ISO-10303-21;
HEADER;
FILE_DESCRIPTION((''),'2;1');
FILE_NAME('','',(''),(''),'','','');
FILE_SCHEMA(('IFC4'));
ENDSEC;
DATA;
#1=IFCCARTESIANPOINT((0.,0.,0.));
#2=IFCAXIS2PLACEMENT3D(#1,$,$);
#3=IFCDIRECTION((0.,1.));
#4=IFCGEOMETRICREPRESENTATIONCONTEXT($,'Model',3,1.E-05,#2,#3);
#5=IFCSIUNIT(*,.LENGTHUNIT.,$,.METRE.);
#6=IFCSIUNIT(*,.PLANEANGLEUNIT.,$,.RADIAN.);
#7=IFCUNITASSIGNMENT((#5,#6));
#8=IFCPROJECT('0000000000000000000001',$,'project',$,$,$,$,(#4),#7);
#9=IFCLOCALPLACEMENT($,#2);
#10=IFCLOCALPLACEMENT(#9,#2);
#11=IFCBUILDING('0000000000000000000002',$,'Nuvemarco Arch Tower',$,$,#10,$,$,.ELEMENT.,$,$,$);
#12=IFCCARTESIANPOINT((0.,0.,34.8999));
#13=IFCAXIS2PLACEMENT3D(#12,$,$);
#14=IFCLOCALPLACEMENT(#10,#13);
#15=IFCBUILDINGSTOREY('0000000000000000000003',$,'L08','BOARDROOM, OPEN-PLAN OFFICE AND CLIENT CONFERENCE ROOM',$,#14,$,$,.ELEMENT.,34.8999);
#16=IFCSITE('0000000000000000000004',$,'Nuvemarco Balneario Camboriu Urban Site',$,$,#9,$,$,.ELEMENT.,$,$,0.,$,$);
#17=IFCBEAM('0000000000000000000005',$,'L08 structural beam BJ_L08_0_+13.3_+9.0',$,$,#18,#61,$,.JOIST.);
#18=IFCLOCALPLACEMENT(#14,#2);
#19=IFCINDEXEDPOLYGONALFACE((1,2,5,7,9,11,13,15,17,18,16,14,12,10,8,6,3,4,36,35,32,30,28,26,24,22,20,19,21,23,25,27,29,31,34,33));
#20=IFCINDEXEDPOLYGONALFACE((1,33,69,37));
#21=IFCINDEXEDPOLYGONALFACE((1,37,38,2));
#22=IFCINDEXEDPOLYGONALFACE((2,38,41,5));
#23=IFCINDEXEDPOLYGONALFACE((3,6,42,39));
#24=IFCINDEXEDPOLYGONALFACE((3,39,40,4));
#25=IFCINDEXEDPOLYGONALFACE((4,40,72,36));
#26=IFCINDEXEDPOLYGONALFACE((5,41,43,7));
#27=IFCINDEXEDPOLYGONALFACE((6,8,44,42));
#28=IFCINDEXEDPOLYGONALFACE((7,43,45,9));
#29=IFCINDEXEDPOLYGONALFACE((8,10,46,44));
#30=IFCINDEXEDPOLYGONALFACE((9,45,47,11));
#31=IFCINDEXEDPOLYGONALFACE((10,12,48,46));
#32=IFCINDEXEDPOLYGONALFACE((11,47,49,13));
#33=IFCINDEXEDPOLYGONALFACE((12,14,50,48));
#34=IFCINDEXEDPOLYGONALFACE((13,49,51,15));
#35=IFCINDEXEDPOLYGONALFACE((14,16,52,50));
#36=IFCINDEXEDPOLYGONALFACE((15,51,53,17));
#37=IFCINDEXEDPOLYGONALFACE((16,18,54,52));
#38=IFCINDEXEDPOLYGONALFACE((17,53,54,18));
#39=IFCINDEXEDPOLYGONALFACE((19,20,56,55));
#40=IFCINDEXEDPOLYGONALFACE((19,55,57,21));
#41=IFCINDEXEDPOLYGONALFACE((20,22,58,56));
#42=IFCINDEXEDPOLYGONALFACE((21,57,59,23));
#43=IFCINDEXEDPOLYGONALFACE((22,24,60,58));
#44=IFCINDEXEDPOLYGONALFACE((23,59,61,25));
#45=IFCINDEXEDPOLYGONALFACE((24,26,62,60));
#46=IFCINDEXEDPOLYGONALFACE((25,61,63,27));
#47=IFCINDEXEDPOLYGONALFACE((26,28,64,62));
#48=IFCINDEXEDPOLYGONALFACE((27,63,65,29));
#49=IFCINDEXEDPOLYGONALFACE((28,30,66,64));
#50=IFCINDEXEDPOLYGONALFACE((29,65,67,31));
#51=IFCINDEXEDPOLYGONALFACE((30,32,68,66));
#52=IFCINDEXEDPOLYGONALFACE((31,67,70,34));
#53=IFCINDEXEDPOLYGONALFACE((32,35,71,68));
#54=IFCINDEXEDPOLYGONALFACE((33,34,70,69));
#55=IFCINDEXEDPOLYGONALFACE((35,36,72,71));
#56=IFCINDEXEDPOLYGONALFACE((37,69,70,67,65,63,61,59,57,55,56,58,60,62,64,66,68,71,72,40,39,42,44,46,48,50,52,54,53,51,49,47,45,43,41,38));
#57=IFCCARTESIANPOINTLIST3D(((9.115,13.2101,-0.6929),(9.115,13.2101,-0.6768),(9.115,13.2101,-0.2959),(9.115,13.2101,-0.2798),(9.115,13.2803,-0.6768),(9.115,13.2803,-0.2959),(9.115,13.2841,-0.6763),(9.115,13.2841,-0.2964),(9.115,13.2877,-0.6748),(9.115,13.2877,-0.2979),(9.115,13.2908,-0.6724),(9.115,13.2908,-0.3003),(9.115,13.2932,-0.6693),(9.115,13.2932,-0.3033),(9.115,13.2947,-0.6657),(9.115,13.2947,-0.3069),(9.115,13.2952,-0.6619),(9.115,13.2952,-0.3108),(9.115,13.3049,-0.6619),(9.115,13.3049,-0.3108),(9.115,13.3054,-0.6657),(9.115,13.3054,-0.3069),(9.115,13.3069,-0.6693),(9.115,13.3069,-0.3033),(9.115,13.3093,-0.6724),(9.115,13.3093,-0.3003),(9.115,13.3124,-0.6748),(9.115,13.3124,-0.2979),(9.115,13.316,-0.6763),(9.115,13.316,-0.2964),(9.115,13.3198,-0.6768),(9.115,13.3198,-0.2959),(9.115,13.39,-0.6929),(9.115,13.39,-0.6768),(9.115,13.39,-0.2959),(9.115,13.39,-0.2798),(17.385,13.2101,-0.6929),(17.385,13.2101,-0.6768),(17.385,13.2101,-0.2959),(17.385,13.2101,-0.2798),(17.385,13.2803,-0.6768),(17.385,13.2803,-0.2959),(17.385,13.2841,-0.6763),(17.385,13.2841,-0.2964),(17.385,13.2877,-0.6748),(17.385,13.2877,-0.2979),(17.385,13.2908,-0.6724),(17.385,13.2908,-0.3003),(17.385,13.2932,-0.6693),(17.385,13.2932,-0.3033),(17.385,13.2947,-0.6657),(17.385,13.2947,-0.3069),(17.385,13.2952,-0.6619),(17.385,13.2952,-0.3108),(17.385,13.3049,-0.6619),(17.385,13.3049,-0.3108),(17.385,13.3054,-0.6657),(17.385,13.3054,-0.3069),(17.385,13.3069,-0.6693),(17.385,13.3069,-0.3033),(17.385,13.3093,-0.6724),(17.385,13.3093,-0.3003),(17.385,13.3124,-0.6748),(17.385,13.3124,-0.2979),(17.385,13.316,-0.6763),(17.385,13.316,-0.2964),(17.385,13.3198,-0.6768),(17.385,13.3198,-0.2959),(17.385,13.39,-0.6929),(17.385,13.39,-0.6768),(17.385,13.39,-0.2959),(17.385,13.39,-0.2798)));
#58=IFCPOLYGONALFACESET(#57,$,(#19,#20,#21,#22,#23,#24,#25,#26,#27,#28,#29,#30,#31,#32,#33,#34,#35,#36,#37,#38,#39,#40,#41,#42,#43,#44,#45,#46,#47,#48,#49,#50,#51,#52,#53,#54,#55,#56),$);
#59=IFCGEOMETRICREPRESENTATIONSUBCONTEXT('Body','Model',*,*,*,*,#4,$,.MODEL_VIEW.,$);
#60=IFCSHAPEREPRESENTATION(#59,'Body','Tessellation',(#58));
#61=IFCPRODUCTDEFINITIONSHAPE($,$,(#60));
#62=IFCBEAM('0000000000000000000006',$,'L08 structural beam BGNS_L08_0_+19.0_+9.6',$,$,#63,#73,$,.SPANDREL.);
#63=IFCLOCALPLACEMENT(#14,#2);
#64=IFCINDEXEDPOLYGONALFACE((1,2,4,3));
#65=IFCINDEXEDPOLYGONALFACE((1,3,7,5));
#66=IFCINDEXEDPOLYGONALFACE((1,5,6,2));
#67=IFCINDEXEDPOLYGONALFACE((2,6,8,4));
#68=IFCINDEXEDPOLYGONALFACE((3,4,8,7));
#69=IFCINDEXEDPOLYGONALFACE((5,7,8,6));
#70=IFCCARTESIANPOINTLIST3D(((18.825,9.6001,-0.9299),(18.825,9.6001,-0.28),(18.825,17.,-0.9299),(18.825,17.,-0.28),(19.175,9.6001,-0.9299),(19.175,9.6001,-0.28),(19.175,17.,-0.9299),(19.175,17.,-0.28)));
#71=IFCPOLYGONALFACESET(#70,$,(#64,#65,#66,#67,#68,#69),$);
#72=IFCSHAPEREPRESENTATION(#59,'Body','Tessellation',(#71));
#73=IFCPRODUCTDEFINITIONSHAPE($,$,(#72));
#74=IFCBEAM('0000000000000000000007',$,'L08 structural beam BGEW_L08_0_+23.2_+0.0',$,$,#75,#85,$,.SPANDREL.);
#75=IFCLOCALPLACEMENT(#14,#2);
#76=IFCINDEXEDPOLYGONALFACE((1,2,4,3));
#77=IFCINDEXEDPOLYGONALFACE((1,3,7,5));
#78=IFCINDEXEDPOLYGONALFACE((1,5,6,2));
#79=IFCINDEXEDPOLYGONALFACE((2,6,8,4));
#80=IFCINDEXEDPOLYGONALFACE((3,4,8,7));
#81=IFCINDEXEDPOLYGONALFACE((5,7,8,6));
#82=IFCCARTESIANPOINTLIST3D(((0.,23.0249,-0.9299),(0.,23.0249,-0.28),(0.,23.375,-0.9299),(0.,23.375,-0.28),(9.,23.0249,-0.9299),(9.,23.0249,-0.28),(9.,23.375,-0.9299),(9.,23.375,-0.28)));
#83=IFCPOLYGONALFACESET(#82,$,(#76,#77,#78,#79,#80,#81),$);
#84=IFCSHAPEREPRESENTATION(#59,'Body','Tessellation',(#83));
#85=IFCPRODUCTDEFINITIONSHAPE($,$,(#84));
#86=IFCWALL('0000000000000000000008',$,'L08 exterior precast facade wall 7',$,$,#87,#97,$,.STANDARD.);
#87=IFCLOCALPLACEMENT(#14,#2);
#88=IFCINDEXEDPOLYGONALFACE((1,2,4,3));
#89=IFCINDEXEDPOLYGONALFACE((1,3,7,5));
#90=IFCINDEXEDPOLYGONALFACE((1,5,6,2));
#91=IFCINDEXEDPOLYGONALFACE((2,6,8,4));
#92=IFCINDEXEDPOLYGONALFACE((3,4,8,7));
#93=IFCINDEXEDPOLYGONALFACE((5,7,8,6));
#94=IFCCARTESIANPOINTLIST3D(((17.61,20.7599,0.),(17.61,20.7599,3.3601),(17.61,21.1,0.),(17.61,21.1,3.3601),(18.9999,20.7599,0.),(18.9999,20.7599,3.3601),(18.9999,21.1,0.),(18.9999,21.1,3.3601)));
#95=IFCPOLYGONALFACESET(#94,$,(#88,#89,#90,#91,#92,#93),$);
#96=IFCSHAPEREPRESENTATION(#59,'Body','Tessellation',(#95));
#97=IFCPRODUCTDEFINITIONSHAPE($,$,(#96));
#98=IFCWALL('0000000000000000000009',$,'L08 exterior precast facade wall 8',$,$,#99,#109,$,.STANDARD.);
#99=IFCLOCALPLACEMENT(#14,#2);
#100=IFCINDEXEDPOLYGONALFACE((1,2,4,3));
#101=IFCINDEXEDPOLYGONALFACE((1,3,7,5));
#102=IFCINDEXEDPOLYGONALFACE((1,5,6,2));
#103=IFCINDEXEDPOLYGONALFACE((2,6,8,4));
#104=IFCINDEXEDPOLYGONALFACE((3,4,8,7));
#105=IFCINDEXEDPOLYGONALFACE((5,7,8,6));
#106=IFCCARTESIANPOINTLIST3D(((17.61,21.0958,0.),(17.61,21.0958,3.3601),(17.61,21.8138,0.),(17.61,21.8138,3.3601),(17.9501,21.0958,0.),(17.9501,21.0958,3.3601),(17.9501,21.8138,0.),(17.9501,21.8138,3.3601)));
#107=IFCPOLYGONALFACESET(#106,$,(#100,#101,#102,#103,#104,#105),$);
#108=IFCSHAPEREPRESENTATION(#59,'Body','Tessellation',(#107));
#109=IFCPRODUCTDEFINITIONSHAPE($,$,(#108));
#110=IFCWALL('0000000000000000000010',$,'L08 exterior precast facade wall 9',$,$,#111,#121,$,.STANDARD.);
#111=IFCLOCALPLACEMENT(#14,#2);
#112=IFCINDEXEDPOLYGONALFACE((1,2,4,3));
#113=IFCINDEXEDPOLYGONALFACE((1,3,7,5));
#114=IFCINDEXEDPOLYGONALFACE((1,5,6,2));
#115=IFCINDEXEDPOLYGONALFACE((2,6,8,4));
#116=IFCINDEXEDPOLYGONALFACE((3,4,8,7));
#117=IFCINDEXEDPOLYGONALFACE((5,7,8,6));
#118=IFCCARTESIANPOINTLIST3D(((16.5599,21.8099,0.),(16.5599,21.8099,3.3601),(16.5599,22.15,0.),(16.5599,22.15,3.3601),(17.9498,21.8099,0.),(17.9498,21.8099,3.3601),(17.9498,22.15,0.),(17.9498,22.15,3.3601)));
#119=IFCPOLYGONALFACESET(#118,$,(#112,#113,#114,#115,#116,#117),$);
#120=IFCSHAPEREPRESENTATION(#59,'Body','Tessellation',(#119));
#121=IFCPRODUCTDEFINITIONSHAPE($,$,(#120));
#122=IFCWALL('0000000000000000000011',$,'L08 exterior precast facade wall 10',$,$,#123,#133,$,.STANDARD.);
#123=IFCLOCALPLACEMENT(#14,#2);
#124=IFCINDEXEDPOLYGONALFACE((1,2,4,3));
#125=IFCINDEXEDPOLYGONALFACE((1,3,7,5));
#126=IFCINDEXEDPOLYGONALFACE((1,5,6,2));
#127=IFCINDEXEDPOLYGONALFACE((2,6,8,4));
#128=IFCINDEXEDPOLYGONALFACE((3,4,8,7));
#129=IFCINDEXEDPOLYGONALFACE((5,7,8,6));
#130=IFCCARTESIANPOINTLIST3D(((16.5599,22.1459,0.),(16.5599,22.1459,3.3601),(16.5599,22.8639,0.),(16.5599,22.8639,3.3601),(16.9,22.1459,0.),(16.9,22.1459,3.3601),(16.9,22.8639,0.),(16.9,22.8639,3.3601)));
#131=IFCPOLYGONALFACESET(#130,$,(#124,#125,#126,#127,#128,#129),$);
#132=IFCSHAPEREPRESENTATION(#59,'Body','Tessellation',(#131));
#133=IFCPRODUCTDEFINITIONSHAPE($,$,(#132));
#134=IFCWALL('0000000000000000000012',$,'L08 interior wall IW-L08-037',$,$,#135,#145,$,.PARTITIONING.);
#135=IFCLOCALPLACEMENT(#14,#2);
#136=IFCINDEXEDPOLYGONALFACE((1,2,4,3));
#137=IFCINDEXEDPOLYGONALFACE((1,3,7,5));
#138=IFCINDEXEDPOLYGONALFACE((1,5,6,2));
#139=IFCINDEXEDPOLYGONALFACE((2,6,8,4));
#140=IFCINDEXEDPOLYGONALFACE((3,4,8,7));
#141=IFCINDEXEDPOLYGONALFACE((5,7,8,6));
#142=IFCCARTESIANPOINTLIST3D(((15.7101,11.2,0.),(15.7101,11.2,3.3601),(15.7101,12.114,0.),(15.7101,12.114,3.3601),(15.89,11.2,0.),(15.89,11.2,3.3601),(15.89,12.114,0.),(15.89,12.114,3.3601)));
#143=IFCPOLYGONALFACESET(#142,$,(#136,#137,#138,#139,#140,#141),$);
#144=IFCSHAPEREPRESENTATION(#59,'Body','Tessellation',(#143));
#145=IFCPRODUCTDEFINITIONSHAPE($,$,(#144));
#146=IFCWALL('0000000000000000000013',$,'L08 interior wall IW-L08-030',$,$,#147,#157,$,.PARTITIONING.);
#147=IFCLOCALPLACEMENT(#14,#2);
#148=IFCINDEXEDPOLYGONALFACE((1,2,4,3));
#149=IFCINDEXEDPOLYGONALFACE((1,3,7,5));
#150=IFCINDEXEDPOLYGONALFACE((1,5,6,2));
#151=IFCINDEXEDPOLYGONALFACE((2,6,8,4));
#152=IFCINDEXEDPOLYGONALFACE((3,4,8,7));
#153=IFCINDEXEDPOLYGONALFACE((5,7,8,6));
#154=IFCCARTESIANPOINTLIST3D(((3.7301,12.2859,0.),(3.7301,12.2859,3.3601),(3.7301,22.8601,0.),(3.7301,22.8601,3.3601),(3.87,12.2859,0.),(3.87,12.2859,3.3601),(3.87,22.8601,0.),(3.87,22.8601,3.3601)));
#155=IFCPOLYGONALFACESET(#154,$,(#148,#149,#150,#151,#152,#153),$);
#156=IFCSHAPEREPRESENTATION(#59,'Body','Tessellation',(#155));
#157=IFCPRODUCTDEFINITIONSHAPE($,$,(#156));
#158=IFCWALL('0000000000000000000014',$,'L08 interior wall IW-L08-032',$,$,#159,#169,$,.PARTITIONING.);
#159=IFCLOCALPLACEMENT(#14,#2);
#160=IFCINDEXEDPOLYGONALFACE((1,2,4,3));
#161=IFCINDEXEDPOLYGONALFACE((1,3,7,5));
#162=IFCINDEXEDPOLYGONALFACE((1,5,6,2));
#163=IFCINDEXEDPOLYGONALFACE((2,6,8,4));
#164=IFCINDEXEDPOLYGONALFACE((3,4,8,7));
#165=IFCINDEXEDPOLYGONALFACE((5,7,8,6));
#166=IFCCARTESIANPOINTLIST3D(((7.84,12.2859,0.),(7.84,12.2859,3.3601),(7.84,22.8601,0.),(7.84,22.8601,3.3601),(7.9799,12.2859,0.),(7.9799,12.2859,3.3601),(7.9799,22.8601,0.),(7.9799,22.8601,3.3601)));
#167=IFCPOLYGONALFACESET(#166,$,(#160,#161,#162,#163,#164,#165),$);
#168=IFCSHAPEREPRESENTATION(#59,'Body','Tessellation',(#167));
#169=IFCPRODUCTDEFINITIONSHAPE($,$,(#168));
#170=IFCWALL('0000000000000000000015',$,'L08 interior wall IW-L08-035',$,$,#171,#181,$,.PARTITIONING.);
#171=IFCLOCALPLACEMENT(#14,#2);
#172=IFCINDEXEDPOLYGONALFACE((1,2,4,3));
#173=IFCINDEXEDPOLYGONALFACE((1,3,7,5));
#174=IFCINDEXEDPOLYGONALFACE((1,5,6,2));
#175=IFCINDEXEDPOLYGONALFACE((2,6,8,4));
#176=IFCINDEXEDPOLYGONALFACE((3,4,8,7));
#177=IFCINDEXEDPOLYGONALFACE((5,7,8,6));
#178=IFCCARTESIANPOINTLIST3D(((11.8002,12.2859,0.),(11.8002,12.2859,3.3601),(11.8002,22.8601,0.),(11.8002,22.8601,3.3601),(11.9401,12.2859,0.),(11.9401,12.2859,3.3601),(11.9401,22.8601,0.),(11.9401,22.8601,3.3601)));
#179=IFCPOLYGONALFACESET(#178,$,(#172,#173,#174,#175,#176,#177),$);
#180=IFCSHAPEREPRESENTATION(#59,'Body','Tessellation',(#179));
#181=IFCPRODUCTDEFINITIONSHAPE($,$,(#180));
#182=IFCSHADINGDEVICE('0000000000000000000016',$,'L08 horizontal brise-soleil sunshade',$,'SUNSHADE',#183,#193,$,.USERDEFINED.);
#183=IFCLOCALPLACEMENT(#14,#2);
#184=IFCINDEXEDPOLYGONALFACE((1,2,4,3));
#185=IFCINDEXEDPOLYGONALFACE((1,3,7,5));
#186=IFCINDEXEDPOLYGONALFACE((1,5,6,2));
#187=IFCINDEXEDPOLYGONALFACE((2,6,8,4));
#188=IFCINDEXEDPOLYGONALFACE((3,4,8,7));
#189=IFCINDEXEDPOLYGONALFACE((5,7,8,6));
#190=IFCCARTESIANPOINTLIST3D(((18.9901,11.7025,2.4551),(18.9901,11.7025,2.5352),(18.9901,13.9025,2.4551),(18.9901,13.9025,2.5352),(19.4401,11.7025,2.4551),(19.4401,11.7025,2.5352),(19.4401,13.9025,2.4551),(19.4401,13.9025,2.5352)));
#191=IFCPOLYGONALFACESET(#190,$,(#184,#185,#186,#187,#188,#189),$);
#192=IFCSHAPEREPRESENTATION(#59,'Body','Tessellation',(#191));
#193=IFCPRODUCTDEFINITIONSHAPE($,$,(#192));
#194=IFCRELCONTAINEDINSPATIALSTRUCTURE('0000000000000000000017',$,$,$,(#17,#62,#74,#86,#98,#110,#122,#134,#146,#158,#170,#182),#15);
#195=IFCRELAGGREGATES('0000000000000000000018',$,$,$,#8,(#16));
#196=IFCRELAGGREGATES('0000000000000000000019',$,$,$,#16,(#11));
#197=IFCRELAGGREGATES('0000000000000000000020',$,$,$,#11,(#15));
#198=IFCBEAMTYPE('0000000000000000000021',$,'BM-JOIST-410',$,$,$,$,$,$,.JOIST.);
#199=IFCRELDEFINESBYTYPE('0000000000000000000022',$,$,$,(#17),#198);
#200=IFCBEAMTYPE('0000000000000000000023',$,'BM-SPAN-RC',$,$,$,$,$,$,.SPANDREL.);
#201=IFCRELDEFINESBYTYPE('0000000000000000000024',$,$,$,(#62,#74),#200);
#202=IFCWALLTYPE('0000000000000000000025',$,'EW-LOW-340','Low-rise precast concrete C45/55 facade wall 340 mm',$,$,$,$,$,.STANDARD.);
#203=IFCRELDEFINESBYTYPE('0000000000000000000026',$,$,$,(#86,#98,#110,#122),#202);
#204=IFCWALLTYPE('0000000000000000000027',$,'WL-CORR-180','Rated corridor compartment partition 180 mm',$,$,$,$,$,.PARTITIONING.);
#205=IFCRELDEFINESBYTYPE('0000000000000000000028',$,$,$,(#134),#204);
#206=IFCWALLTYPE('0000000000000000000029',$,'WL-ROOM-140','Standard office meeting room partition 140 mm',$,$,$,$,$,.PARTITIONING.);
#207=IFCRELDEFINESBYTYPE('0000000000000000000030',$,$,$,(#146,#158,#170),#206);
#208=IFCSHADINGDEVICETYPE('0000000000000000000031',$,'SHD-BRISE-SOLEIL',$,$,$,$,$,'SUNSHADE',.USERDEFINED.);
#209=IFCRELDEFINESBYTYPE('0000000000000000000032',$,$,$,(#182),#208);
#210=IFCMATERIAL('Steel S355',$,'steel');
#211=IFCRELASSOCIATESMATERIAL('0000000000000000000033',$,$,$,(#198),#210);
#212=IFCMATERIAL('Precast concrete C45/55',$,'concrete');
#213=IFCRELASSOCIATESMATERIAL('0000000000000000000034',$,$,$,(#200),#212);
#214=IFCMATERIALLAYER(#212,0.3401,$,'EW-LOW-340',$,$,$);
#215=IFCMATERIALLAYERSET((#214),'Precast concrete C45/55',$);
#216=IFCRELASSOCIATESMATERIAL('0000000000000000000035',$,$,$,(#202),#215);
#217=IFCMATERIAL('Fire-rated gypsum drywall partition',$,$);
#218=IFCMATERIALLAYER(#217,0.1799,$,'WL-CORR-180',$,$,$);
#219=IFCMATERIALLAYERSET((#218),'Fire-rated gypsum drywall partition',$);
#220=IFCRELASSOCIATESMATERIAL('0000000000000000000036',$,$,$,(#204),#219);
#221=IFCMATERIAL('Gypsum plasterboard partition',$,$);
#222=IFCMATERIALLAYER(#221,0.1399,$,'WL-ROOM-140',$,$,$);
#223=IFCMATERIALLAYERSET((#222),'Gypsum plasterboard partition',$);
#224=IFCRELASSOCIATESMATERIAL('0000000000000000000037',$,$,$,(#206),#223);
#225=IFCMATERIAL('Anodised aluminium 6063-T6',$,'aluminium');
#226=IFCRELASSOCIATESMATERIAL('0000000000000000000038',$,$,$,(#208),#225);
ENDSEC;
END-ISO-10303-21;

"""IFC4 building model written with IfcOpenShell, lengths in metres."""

from ifc_helpers import new_model, si_unit, direction, frame, frame_2d, origin, origin_2d, place, context, subcontext, project, spatial, rectangle, i_section, extrude, source, transform, mapped, material, layer, layer_set, material_profile, profile_set, type_object, type_shapes, element, save


model = new_model("IFC4")

# Units and contexts
model_context = context("Model", 3, precision=1e-05, world=origin(), true_north=direction((0.0, 1.0)))
body_context = subcontext(model_context, "Body", "Model", "MODEL_VIEW")
ifc_project = project(units=[si_unit("LENGTHUNIT", "METRE"), si_unit("PLANEANGLEUNIT", "RADIAN")], contexts=[model_context])

# Site, building, storey
site_placement = place(None, origin())
site = spatial("IfcSite", under=ifc_project, at=site_placement, Name="Nuvemarco Balneario Camboriu Urban Site", CompositionType="ELEMENT", RefElevation=0.0)
building_placement = place(site_placement, origin())
building = spatial("IfcBuilding", under=site, at=building_placement, Name="Nuvemarco Arch Tower", CompositionType="ELEMENT")
storey_placement = place(building_placement, frame((0.0, 0.0, 34.8999)))
storey = spatial("IfcBuildingStorey", under=building, at=storey_placement, Name="L08", Description="BOARDROOM, OPEN-PLAN OFFICE AND CLIENT CONFERENCE ROOM", CompositionType="ELEMENT", Elevation=34.8999)

# Shared definitions
ifc_material_1 = material(Name="Steel S355", Category="steel")

# Beams
ifc_material_profile_1 = material_profile(ifc_material_1, i_section(OverallWidth=0.1799, OverallDepth=0.4131, WebThickness=0.0098, FlangeThickness=0.0161, FilletRadius=0.0149, at=origin_2d()), Name="W410x75")
ifc_profile_set_1 = profile_set([ifc_material_profile_1], Name="Steel S355")
beam_type_1 = type_object("IfcBeamType", Name="BM-JOIST-410", PredefinedType="JOIST", material=ifc_profile_set_1)
beam_1_placement = place(storey_placement, frame((9.115, 13.3, -0.4863), z_axis=(1.0, 0.0, 0.0), x_axis=(0.0, 1.0, 0.0)))
element("IfcBeam", 1, at=beam_1_placement, inside=storey, type_object=beam_type_1, Name="L08 structural beam BJ_L08_0_+13.3_+9.0", PredefinedType="JOIST", context=body_context, shape_type="SweptSolid", body=[
    extrude(i_section(OverallWidth=0.1799, OverallDepth=0.4131, WebThickness=0.0098, FlangeThickness=0.0161, FilletRadius=0.0149, at=origin_2d()), origin(), (0.0, 0.0, 1.0), 8.27),
])
ifc_material_2 = material(Name="Precast concrete C45/55", Category="concrete")
ifc_material_profile_2 = material_profile(ifc_material_2, rectangle(XDim=0.3501, YDim=0.6499, at=origin_2d()), Name="PC-SP-350x650")
ifc_profile_set_2 = profile_set([ifc_material_profile_2], Name="Precast concrete C45/55")
beam_type_2 = type_object("IfcBeamType", Name="BM-SPAN-RC", PredefinedType="SPANDREL", material=ifc_profile_set_2)
beam_2_placement = place(storey_placement, frame((19.0, 9.6001, -0.605), z_axis=(0.0, 1.0, 0.0), x_axis=(-1.0, 0.0, 0.0)))
element("IfcBeam", 2, at=beam_2_placement, inside=storey, type_object=beam_type_2, Name="L08 structural beam BGNS_L08_0_+19.0_+9.6", PredefinedType="SPANDREL", context=body_context, shape_type="SweptSolid", body=[
    extrude(rectangle(XDim=0.3501, YDim=0.6499, at=origin_2d()), origin(), (0.0, 0.0, 1.0), 7.3999),
])
beam_3_placement = place(storey_placement, frame((0.0, 23.2, -0.605), z_axis=(1.0, 0.0, 0.0), x_axis=(0.0, 1.0, 0.0)))
element("IfcBeam", 3, at=beam_3_placement, inside=storey, type_object=beam_type_2, Name="L08 structural beam BGEW_L08_0_+23.2_+0.0", PredefinedType="SPANDREL", context=body_context, shape_type="SweptSolid", body=[
    extrude(rectangle(XDim=0.3501, YDim=0.6499, at=origin_2d()), origin(), (0.0, 0.0, 1.0), 9.0),
])

# Walls
ifc_layer_1 = layer(ifc_material_2, 0.3401, Name="EW-LOW-340")
ifc_layer_set_1 = layer_set([ifc_layer_1], Name="Precast concrete C45/55")
wall_type_1 = type_object("IfcWallType", Name="EW-LOW-340", Description="Low-rise precast concrete C45/55 facade wall 340 mm", PredefinedType="STANDARD", material=ifc_layer_set_1)
wall_1_placement = place(storey_placement, frame((17.6101, 20.9299, 0.0), z_axis=(0.0, 0.0, 1.0), x_axis=(1.0, 0.0, 0.0)))
element("IfcWall", 4, at=wall_1_placement, inside=storey, type_object=wall_type_1, Name="L08 exterior precast facade wall 7", PredefinedType="STANDARD", context=body_context, shape_type="SweptSolid", body=[
    extrude(rectangle(XDim=1.3899, YDim=0.3401, at=frame_2d((0.6948, 0.0))), origin(), (0.0, 0.0, 1.0), 3.3601),
])
wall_2_placement = place(storey_placement, frame((17.78, 21.0959, 0.0), z_axis=(0.0, 0.0, 1.0), x_axis=(0.0, 1.0, 0.0)))
element("IfcWall", 5, at=wall_2_placement, inside=storey, type_object=wall_type_1, Name="L08 exterior precast facade wall 8", PredefinedType="STANDARD", context=body_context, shape_type="SweptSolid", body=[
    extrude(rectangle(XDim=0.718, YDim=0.3401, at=frame_2d((0.3589, 0.0))), origin(), (0.0, 0.0, 1.0), 3.3601),
])
wall_3_placement = place(storey_placement, frame((16.5601, 21.98, 0.0), z_axis=(0.0, 0.0, 1.0), x_axis=(1.0, 0.0, 0.0)))
element("IfcWall", 6, at=wall_3_placement, inside=storey, type_object=wall_type_1, Name="L08 exterior precast facade wall 9", PredefinedType="STANDARD", context=body_context, shape_type="SweptSolid", body=[
    extrude(rectangle(XDim=1.3899, YDim=0.3401, at=frame_2d((0.6948, 0.0))), origin(), (0.0, 0.0, 1.0), 3.3601),
])
wall_4_placement = place(storey_placement, frame((16.73, 22.146, 0.0), z_axis=(0.0, 0.0, 1.0), x_axis=(0.0, 1.0, 0.0)))
element("IfcWall", 7, at=wall_4_placement, inside=storey, type_object=wall_type_1, Name="L08 exterior precast facade wall 10", PredefinedType="STANDARD", context=body_context, shape_type="SweptSolid", body=[
    extrude(rectangle(XDim=0.718, YDim=0.3401, at=frame_2d((0.3589, 0.0))), origin(), (0.0, 0.0, 1.0), 3.3601),
])
ifc_material_3 = material(Name="Fire-rated gypsum drywall partition")
ifc_layer_2 = layer(ifc_material_3, 0.1799, Name="WL-CORR-180")
ifc_layer_set_2 = layer_set([ifc_layer_2], Name="Fire-rated gypsum drywall partition")
wall_type_2 = type_object("IfcWallType", Name="WL-CORR-180", Description="Rated corridor compartment partition 180 mm", PredefinedType="PARTITIONING", material=ifc_layer_set_2)
wall_5_placement = place(storey_placement, frame((15.8, 11.2, 0.0), z_axis=(0.0, 0.0, 1.0), x_axis=(0.0, 1.0, 0.0)))
element("IfcWall", 8, at=wall_5_placement, inside=storey, type_object=wall_type_2, Name="L08 interior wall IW-L08-037", PredefinedType="PARTITIONING", context=body_context, shape_type="SweptSolid", body=[
    extrude(rectangle(XDim=0.9141, YDim=0.1799, at=frame_2d((0.457, 0.0))), origin(), (0.0, 0.0, 1.0), 3.3601),
])
ifc_material_4 = material(Name="Gypsum plasterboard partition")
ifc_layer_3 = layer(ifc_material_4, 0.1399, Name="WL-ROOM-140")
ifc_layer_set_3 = layer_set([ifc_layer_3], Name="Gypsum plasterboard partition")
wall_type_3 = type_object("IfcWallType", Name="WL-ROOM-140", Description="Standard office meeting room partition 140 mm", PredefinedType="PARTITIONING", material=ifc_layer_set_3)
for number, where, z_axis, x_axis, name in (
    (9, (3.8, 12.2859, 0.0), (0.0, 0.0, 1.0), (0.0, 1.0, 0.0), "L08 interior wall IW-L08-030"),
    (10, (7.9099, 12.2859, 0.0), (0.0, 0.0, 1.0), (0.0, 1.0, 0.0), "L08 interior wall IW-L08-032"),
    (11, (11.8701, 12.2859, 0.0), (0.0, 0.0, 1.0), (0.0, 1.0, 0.0), "L08 interior wall IW-L08-035"),
):
    element("IfcWall", number, at=place(storey_placement, frame(where, z_axis=z_axis, x_axis=x_axis)), inside=storey, type_object=wall_type_3, Name=name, PredefinedType="PARTITIONING", context=body_context, shape_type="SweptSolid", body=[
        extrude(rectangle(XDim=10.5742, YDim=0.1399, at=frame_2d((5.2871, 0.0))), origin(), (0.0, 0.0, 1.0), 3.3601),
    ])

# Shading device
ifc_material_5 = material(Name="Anodised aluminium 6063-T6", Category="aluminium")
shading_device_type_1 = type_object("IfcShadingDeviceType", Name="SHD-BRISE-SOLEIL", ElementType="SUNSHADE", PredefinedType="USERDEFINED", material=ifc_material_5)
shared_shape_1 = source(origin(), body_context, "Body", "SweptSolid", [
    extrude(rectangle(XDim=2.2, YDim=0.45, at=origin_2d()), origin(), (0.0, 0.0, 1.0), 0.0801),
])
type_shapes(shading_device_type_1, [shared_shape_1])
shading_device_placement = place(storey_placement, frame((19.2151, 12.8025, 2.4551), z_axis=(0.0, 0.0, 1.0), x_axis=(0.0, 1.0, 0.0)))
element("IfcShadingDevice", 12, at=shading_device_placement, inside=storey, type_object=shading_device_type_1, Name="L08 horizontal brise-soleil sunshade", ObjectType="SUNSHADE", PredefinedType="USERDEFINED", context=body_context, shape_type="MappedRepresentation", body=[
    mapped(shared_shape_1, transform((0.0, 0.0, 0.0), scale=1.0)),
])

save(model, "model.ifc")
